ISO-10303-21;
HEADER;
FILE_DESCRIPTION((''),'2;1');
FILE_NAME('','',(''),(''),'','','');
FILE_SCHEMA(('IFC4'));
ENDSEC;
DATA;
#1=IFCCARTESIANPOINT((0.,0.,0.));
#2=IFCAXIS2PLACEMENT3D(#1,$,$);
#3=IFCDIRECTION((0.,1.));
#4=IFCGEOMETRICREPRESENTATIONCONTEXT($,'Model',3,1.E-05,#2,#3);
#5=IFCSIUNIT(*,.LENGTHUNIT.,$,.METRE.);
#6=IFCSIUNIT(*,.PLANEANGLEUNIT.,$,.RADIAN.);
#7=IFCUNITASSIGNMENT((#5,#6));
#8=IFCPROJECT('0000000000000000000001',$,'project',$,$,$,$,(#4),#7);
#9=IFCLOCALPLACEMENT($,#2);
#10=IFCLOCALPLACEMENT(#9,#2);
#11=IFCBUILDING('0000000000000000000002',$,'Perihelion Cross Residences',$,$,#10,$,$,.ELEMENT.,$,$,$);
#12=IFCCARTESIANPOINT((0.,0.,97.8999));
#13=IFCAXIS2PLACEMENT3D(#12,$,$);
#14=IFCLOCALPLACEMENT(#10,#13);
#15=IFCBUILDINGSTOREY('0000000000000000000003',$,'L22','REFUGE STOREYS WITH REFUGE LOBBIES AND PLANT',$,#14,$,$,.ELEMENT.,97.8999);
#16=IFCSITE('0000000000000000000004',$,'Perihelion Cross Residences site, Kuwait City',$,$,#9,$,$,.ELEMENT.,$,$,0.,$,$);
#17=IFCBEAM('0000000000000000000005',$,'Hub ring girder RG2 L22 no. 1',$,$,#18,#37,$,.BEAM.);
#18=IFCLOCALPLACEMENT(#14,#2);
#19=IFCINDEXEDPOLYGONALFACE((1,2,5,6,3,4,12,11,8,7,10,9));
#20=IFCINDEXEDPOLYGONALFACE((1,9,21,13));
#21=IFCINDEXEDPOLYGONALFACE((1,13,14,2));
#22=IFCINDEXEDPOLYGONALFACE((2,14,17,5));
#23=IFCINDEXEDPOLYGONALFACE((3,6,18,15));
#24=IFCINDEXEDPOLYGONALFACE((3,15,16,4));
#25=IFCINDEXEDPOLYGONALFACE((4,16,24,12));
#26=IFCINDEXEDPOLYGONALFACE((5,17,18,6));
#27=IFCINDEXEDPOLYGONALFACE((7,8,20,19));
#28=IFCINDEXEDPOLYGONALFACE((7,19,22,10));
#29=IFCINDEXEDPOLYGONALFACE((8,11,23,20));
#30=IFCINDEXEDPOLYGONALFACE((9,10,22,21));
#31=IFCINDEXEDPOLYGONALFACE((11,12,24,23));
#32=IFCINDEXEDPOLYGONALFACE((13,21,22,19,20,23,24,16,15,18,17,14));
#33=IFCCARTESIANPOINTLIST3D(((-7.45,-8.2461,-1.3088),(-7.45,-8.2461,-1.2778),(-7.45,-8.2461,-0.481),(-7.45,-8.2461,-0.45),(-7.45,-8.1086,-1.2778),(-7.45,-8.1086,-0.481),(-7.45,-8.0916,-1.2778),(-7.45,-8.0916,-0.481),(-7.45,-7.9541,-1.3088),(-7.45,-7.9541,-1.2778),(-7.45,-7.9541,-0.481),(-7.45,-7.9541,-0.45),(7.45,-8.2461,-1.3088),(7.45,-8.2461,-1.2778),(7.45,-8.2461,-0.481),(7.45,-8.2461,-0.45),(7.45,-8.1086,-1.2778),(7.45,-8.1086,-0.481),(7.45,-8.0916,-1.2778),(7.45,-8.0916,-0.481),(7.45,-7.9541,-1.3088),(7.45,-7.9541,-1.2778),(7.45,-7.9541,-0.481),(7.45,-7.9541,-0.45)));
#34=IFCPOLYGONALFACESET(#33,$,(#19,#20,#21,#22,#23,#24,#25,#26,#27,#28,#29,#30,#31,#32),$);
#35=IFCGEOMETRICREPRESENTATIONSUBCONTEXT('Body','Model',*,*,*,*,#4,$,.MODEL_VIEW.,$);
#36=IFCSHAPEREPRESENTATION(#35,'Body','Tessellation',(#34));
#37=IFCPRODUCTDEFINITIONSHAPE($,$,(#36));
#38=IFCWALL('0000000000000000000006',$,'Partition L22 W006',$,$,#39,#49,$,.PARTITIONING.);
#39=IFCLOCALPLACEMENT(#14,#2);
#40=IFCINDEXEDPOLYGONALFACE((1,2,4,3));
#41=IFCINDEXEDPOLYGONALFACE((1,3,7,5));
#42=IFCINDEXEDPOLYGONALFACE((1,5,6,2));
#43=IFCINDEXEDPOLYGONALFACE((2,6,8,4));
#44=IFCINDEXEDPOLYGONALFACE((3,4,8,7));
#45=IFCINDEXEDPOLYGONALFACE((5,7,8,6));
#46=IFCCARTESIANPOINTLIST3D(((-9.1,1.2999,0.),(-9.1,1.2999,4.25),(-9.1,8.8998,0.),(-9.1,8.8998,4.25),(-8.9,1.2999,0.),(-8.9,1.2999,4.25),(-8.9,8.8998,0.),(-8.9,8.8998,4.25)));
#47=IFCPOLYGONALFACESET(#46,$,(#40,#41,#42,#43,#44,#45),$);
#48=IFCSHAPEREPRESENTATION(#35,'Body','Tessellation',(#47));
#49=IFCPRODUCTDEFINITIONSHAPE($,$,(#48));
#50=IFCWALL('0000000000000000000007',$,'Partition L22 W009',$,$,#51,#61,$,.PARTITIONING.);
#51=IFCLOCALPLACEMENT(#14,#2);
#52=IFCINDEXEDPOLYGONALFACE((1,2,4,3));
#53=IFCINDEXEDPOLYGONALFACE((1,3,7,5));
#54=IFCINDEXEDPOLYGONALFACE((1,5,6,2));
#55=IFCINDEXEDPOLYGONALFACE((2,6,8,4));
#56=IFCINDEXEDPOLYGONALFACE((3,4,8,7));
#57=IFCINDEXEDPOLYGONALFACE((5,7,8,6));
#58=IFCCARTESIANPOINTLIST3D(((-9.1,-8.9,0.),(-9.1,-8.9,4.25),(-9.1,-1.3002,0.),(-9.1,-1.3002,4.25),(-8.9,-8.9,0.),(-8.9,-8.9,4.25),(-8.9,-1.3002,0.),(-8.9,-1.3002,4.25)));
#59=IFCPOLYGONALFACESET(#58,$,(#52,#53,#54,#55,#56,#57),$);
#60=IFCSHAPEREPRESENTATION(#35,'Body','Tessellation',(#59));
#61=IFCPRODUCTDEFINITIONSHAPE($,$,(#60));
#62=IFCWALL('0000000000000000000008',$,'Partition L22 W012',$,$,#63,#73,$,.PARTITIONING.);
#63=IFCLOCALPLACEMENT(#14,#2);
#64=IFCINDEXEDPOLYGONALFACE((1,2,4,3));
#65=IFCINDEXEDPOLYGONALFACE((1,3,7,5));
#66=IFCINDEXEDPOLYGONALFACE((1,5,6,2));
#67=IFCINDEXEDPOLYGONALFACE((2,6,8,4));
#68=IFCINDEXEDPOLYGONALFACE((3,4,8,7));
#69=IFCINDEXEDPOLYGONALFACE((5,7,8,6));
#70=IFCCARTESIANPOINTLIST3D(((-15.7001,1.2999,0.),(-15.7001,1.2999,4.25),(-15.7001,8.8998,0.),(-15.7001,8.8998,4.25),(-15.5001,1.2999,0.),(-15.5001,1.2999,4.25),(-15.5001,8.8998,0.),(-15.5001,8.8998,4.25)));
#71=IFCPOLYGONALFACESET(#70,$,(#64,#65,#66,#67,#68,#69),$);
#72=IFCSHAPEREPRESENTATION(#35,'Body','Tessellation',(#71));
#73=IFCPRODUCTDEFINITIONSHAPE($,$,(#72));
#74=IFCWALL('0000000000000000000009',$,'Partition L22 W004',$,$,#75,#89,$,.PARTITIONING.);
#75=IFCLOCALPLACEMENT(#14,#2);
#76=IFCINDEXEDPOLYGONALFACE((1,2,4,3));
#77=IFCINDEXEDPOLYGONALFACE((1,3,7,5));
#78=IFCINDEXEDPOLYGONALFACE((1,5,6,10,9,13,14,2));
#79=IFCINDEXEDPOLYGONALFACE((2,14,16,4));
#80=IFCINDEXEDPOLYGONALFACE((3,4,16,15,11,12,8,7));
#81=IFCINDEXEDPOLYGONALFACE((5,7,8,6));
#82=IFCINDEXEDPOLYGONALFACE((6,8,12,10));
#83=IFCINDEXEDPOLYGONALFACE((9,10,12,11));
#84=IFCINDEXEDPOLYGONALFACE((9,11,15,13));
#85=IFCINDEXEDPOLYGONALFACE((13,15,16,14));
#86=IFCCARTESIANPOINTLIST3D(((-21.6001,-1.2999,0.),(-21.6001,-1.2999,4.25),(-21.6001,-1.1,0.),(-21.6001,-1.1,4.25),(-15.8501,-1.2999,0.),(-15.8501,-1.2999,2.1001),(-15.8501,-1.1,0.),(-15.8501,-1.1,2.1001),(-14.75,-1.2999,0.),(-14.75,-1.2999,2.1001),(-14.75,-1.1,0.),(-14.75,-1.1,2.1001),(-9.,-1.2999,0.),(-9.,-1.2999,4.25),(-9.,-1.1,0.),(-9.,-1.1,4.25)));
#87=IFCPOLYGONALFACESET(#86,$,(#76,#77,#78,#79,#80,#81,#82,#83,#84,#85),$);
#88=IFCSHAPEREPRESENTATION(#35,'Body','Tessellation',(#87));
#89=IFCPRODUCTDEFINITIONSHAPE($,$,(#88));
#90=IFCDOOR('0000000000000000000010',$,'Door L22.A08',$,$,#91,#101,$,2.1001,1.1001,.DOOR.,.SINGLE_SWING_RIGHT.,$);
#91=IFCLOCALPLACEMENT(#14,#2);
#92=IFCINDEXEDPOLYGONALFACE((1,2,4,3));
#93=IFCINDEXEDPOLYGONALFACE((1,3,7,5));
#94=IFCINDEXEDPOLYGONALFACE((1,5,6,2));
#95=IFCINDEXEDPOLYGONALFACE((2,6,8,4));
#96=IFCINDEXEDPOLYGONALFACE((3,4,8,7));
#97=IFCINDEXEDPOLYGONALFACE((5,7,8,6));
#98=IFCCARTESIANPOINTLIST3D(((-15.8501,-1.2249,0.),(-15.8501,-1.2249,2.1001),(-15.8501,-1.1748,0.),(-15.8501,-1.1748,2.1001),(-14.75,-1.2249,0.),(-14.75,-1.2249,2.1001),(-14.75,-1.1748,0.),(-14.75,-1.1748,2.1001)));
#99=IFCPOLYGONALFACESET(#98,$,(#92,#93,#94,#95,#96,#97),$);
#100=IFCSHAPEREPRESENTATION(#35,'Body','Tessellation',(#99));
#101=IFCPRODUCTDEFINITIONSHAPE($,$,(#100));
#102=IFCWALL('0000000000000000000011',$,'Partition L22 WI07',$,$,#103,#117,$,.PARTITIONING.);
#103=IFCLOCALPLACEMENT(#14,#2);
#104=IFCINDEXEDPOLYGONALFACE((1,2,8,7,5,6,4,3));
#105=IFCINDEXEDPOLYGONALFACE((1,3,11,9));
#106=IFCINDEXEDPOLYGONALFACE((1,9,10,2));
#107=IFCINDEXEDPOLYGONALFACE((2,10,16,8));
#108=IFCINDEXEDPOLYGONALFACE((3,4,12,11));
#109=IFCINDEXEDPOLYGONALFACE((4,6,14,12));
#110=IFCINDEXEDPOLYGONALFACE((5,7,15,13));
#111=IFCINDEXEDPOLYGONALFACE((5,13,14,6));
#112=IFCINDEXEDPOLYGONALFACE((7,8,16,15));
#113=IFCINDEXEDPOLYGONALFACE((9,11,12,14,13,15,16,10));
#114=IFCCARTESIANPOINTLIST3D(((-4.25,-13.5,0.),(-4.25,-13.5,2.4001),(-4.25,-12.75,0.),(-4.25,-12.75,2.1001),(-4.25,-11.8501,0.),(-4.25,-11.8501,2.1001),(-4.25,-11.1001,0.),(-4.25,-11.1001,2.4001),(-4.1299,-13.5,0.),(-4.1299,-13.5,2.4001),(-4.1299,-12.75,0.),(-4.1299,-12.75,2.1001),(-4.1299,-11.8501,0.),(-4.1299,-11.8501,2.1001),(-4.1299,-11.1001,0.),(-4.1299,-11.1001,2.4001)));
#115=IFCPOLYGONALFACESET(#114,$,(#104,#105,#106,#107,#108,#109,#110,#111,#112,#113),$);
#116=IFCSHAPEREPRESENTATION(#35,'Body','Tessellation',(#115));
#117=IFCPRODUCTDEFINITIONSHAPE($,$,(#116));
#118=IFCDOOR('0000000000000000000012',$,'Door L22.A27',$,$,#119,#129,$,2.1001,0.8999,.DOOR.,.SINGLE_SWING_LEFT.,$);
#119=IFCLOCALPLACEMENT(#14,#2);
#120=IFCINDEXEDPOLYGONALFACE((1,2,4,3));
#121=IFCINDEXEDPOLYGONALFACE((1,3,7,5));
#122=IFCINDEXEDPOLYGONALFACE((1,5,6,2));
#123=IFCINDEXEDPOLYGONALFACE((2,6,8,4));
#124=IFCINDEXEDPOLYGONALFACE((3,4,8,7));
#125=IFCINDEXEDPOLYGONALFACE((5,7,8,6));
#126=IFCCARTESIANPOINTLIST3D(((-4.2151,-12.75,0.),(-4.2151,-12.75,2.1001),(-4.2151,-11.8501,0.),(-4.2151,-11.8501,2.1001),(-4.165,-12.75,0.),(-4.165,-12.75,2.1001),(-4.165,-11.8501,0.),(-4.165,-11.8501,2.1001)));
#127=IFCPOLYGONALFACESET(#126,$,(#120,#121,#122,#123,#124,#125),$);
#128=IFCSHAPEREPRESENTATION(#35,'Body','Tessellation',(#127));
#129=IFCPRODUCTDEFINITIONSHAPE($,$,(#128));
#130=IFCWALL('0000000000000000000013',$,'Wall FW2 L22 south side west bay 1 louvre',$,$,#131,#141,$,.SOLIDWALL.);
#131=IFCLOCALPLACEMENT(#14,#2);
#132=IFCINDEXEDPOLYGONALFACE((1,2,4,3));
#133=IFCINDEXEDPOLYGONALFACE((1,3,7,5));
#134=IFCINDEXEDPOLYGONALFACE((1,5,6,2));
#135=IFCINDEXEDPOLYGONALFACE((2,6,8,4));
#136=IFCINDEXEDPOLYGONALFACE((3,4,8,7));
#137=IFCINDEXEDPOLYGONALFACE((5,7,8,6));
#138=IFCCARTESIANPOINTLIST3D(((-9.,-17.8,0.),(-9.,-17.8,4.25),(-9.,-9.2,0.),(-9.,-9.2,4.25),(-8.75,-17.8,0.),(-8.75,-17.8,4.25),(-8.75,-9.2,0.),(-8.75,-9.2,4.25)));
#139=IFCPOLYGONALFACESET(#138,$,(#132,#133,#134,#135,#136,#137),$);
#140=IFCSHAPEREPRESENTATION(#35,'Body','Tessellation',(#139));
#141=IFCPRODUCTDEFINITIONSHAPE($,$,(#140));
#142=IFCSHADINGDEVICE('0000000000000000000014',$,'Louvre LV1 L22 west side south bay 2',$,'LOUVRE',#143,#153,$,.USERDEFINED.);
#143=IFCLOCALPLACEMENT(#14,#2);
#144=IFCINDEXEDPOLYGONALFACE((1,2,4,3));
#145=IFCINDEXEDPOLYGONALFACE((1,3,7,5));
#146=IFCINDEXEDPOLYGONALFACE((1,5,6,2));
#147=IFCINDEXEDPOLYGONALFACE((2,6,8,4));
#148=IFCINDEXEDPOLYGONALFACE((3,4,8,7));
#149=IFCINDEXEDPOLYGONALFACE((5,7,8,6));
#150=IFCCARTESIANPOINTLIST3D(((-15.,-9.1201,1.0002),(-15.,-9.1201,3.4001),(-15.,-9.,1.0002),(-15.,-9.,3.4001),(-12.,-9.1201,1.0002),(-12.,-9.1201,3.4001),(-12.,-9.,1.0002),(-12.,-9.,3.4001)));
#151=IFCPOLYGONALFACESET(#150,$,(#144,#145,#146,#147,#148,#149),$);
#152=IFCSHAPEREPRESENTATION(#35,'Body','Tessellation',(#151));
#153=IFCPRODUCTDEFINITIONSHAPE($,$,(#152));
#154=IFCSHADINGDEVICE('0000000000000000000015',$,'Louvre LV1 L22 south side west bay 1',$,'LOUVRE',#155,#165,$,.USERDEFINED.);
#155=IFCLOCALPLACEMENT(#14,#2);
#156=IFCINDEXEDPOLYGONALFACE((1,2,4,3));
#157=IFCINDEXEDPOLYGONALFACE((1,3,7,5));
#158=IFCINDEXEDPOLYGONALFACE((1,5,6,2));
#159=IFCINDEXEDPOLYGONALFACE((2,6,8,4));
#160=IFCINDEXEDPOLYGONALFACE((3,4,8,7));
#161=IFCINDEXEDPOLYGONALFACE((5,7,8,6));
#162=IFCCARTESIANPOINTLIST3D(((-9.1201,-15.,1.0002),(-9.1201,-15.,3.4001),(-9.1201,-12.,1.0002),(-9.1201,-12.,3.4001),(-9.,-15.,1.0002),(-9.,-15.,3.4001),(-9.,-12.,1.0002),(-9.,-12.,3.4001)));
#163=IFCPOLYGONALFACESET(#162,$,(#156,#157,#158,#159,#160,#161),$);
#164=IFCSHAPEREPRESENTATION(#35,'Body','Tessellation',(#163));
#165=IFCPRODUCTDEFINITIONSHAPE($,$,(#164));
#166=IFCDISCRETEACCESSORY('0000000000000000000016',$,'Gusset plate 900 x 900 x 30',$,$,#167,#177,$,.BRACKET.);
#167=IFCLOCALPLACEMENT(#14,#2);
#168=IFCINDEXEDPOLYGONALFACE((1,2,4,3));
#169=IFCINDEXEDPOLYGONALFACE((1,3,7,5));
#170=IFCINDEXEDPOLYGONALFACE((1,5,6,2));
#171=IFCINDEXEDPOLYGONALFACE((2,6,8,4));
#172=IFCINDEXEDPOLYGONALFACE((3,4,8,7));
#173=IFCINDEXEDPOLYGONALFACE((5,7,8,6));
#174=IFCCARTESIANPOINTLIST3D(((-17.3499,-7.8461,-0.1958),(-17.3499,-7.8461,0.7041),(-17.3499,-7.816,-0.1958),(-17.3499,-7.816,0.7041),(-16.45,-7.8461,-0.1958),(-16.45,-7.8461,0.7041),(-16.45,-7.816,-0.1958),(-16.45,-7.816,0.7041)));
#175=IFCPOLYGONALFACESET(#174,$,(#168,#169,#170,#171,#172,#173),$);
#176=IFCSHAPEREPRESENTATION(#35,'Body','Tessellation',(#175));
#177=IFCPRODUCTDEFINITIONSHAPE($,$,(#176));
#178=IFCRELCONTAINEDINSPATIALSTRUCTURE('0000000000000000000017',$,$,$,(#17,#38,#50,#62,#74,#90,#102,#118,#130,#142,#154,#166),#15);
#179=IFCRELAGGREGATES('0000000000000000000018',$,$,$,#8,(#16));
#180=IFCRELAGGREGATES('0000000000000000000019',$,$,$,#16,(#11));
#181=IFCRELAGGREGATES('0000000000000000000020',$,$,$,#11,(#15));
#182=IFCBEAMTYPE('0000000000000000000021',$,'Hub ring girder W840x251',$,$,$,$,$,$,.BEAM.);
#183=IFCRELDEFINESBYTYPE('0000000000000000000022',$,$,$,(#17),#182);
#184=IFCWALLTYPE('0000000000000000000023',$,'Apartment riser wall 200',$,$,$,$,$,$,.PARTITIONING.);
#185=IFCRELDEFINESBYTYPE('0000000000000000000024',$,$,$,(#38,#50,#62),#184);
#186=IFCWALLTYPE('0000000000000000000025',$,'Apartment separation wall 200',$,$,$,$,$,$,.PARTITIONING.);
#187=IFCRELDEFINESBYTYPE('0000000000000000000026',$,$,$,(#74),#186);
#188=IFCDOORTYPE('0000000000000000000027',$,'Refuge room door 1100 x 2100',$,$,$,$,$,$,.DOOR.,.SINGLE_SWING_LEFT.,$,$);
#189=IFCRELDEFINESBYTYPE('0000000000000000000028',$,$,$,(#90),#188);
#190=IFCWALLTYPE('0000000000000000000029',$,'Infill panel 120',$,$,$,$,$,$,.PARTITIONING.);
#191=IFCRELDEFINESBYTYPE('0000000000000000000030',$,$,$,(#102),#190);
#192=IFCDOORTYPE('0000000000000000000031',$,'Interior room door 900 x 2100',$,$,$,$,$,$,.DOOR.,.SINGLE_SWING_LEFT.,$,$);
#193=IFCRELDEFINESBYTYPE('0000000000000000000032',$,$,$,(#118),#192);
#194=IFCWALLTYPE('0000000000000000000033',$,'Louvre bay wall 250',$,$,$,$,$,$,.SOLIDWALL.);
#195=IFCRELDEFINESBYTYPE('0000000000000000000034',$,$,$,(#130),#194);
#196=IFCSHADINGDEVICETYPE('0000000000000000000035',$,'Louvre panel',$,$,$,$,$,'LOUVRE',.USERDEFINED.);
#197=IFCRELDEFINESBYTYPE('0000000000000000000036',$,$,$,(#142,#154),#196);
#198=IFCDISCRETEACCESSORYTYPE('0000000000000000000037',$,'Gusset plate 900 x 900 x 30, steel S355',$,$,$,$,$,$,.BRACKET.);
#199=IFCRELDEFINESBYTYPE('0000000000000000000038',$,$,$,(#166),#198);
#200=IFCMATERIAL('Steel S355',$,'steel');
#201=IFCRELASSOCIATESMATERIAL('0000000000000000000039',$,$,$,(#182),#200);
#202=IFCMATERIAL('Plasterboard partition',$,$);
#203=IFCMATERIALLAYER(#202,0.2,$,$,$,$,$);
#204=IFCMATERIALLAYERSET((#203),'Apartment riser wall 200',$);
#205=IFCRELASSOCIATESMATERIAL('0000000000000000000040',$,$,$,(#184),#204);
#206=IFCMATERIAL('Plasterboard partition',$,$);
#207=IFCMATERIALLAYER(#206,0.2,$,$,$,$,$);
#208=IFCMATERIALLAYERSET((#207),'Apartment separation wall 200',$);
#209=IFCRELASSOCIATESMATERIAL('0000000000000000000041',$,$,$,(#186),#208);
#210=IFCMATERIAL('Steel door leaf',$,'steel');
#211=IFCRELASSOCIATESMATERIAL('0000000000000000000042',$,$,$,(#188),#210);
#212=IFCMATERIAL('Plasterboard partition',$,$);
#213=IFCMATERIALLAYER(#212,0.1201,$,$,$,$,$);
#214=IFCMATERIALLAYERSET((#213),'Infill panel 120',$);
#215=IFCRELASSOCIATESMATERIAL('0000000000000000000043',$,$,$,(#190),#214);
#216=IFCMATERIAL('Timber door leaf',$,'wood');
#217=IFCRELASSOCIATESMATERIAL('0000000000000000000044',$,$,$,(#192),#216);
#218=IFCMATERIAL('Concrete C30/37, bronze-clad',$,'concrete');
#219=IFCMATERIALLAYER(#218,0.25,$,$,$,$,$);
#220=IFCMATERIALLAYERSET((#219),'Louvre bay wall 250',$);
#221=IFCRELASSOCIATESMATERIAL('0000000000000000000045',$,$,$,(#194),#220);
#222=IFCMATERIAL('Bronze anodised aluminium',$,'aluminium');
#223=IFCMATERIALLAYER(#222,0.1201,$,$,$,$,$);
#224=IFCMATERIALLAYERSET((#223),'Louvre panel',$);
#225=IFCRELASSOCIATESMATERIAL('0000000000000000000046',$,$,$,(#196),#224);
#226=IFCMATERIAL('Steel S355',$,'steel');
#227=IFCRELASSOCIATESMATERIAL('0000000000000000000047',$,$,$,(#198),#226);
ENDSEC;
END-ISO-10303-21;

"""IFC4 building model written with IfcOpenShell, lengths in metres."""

from ifc_helpers import new_model, si_unit, direction, frame, frame_2d, origin, origin_2d, place, context, subcontext, project, spatial, rectangle, i_section, extrude, material, layer, layer_set, material_profile, profile_set, type_object, element, fill, save


model = new_model("IFC4")

# Units and contexts
model_context = context("Model", 3, precision=1e-05, world=origin(), true_north=direction((0.0, 1.0)))
body_context = subcontext(model_context, "Body", "Model", "MODEL_VIEW")
ifc_project = project(units=[si_unit("LENGTHUNIT", "METRE"), si_unit("PLANEANGLEUNIT", "RADIAN")], contexts=[model_context])

# Site, building, storey
site_placement = place(None, origin())
site = spatial("IfcSite", under=ifc_project, at=site_placement, Name="Perihelion Cross Residences site, Kuwait City", CompositionType="ELEMENT", RefElevation=0.0)
building_placement = place(site_placement, origin())
building = spatial("IfcBuilding", under=site, at=building_placement, Name="Perihelion Cross Residences", CompositionType="ELEMENT")
storey_placement = place(building_placement, frame((0.0, 0.0, 97.8999)))
storey = spatial("IfcBuildingStorey", under=building, at=storey_placement, Name="L22", Description="REFUGE STOREYS WITH REFUGE LOBBIES AND PLANT", CompositionType="ELEMENT", Elevation=97.8999)

# Beam
ifc_material_1 = material(Name="Steel S355", Category="steel")
ifc_material_profile_1 = material_profile(ifc_material_1, i_section(OverallWidth=0.292, OverallDepth=0.8589, WebThickness=0.0171, FlangeThickness=0.031, at=origin_2d()), Name="W840x251")
ifc_profile_set_1 = profile_set([ifc_material_profile_1], Name="Steel S355")
beam_type_1 = type_object("IfcBeamType", Name="Hub ring girder W840x251", PredefinedType="BEAM", material=ifc_profile_set_1)
beam_1_placement = place(storey_placement, frame((-7.45, -8.1001, -0.8794), z_axis=(1.0, 0.0, 0.0), x_axis=(0.0, 1.0, 0.0)))
element("IfcBeam", 1, at=beam_1_placement, inside=storey, type_object=beam_type_1, Name="Hub ring girder RG2 L22 no. 1", PredefinedType="BEAM", context=body_context, shape_type="SweptSolid", body=[
    extrude(i_section(OverallWidth=0.292, OverallDepth=0.8589, WebThickness=0.0171, FlangeThickness=0.031, at=origin_2d()), origin(), (0.0, 0.0, 1.0), 14.8999),
])

# Walls
ifc_material_2 = material(Name="Plasterboard partition")
ifc_layer_1 = layer(ifc_material_2, 0.2)
ifc_layer_set_1 = layer_set([ifc_layer_1], Name="Apartment riser wall 200")
wall_type_1 = type_object("IfcWallType", Name="Apartment riser wall 200", PredefinedType="PARTITIONING", material=ifc_layer_set_1)
for number, where, z_axis, x_axis, name in (
    (2, (-9.0, 1.3, 0.0), (0.0, 0.0, 1.0), (0.0, 1.0, 0.0), "Partition L22 W006"),
    (3, (-9.0, -8.8999, 0.0), (0.0, 0.0, 1.0), (0.0, 1.0, 0.0), "Partition L22 W009"),
    (4, (-15.6001, 1.3, 0.0), (0.0, 0.0, 1.0), (0.0, 1.0, 0.0), "Partition L22 W012"),
):
    element("IfcWall", number, at=place(storey_placement, frame(where, z_axis=z_axis, x_axis=x_axis)), inside=storey, type_object=wall_type_1, Name=name, PredefinedType="PARTITIONING", context=body_context, shape_type="SweptSolid", body=[
        extrude(rectangle(XDim=7.5999, YDim=0.2, at=frame_2d((3.7998, 0.0))), origin(), (0.0, 0.0, 1.0), 4.25),
    ])

# Walls, openings, doors
ifc_material_3 = material(Name="Plasterboard partition")
ifc_layer_2 = layer(ifc_material_3, 0.2)
ifc_layer_set_2 = layer_set([ifc_layer_2], Name="Apartment separation wall 200")
wall_type_2 = type_object("IfcWallType", Name="Apartment separation wall 200", PredefinedType="PARTITIONING", material=ifc_layer_set_2)
wall_1_placement = place(storey_placement, frame((-9.0, -1.2, 0.0), z_axis=(0.0, 0.0, 1.0), x_axis=(-1.0, 0.0, 0.0)))
wall_1 = element("IfcWall", 5, at=wall_1_placement, inside=storey, type_object=wall_type_2, Name="Partition L22 W004", PredefinedType="PARTITIONING", context=body_context, shape_type="SweptSolid", body=[
    extrude(rectangle(XDim=12.6001, YDim=0.2, at=frame_2d((6.3, 0.0))), origin(), (0.0, 0.0, 1.0), 4.25),
])
opening_1_placement = place(wall_1_placement, frame((5.75, 0.0, 0.0)))
opening_1 = element("IfcOpeningElement", 6, at=opening_1_placement, cuts=wall_1, PredefinedType="OPENING", context=body_context, shape_type="SweptSolid", body=[
    extrude(rectangle(XDim=1.1001, YDim=2.1001, at=frame_2d((0.55, 1.05))), frame((0.0, 0.1099, 0.0), z_axis=(0.0, -1.0, 0.0), x_axis=(1.0, 0.0, 0.0)), (0.0, 0.0, 1.0), 0.22),
])
ifc_material_4 = material(Name="Steel door leaf", Category="steel")
door_type_1 = type_object("IfcDoorType", Name="Refuge room door 1100 x 2100", OperationType="SINGLE_SWING_LEFT", PredefinedType="DOOR", material=ifc_material_4)
door_1_placement = place(opening_1_placement, origin())
door_1 = element("IfcDoor", 7, at=door_1_placement, inside=storey, type_object=door_type_1, Name="Door L22.A08", OperationType="SINGLE_SWING_RIGHT", OverallHeight=2.1001, OverallWidth=1.1001, PredefinedType="DOOR", context=body_context, shape_type="SweptSolid", body=[
    extrude(rectangle(XDim=1.1001, YDim=2.1001, at=frame_2d((0.55, 1.05))), frame((0.0, 0.0249, 0.0), z_axis=(0.0, -1.0, 0.0), x_axis=(1.0, 0.0, 0.0)), (0.0, 0.0, 1.0), 0.05),
])
fill(opening_1, door_1)
ifc_material_5 = material(Name="Plasterboard partition")
ifc_layer_3 = layer(ifc_material_5, 0.1201)
ifc_layer_set_3 = layer_set([ifc_layer_3], Name="Infill panel 120")
wall_type_3 = type_object("IfcWallType", Name="Infill panel 120", PredefinedType="PARTITIONING", material=ifc_layer_set_3)
wall_2_placement = place(storey_placement, frame((-4.1899, -11.1001, 0.0), z_axis=(0.0, 0.0, 1.0), x_axis=(0.0, -1.0, 0.0)))
wall_2 = element("IfcWall", 8, at=wall_2_placement, inside=storey, type_object=wall_type_3, Name="Partition L22 WI07", PredefinedType="PARTITIONING", context=body_context, shape_type="SweptSolid", body=[
    extrude(rectangle(XDim=2.3999, YDim=0.1201, at=frame_2d((1.2, 0.0))), origin(), (0.0, 0.0, 1.0), 2.4001),
])
opening_2_placement = place(wall_2_placement, frame((0.75, 0.0, 0.0)))
opening_2 = element("IfcOpeningElement", 9, at=opening_2_placement, cuts=wall_2, PredefinedType="OPENING", context=body_context, shape_type="SweptSolid", body=[
    extrude(rectangle(XDim=0.8999, YDim=2.1001, at=frame_2d((0.45, 1.05))), frame((0.0, 0.0701, 0.0), z_axis=(0.0, -1.0, 0.0), x_axis=(1.0, 0.0, 0.0)), (0.0, 0.0, 1.0), 0.1401),
])
ifc_material_6 = material(Name="Timber door leaf", Category="wood")
door_type_2 = type_object("IfcDoorType", Name="Interior room door 900 x 2100", OperationType="SINGLE_SWING_LEFT", PredefinedType="DOOR", material=ifc_material_6)
door_2_placement = place(opening_2_placement, origin())
door_2 = element("IfcDoor", 10, at=door_2_placement, inside=storey, type_object=door_type_2, Name="Door L22.A27", OperationType="SINGLE_SWING_LEFT", OverallHeight=2.1001, OverallWidth=0.8999, PredefinedType="DOOR", context=body_context, shape_type="SweptSolid", body=[
    extrude(rectangle(XDim=0.8999, YDim=2.1001, at=frame_2d((0.45, 1.05))), frame((0.0, 0.0249, 0.0), z_axis=(0.0, -1.0, 0.0), x_axis=(1.0, 0.0, 0.0)), (0.0, 0.0, 1.0), 0.05),
])
fill(opening_2, door_2)

# Wall
ifc_material_7 = material(Name="Concrete C30/37, bronze-clad", Category="concrete")
ifc_layer_4 = layer(ifc_material_7, 0.25)
ifc_layer_set_4 = layer_set([ifc_layer_4], Name="Louvre bay wall 250")
wall_type_4 = type_object("IfcWallType", Name="Louvre bay wall 250", PredefinedType="SOLIDWALL", material=ifc_layer_set_4)
wall_3_placement = place(storey_placement, frame((-8.875, -9.2, 0.0), z_axis=(0.0, 0.0, 1.0), x_axis=(0.0, -1.0, 0.0)))
element("IfcWall", 11, at=wall_3_placement, inside=storey, type_object=wall_type_4, Name="Wall FW2 L22 south side west bay 1 louvre", PredefinedType="SOLIDWALL", context=body_context, shape_type="SweptSolid", body=[
    extrude(rectangle(XDim=8.6001, YDim=0.25, at=frame_2d((4.3, 0.0))), origin(), (0.0, 0.0, 1.0), 4.25),
])

# Shading devices
ifc_material_8 = material(Name="Bronze anodised aluminium", Category="aluminium")
ifc_layer_5 = layer(ifc_material_8, 0.1201)
ifc_layer_set_5 = layer_set([ifc_layer_5], Name="Louvre panel")
shading_device_type = type_object("IfcShadingDeviceType", Name="Louvre panel", ElementType="LOUVRE", PredefinedType="USERDEFINED", material=ifc_layer_set_5)
for number, where, z_axis, x_axis, name in (
    (12, (-13.5, -9.0601, 1.0002), (0.0, 0.0, 1.0), (1.0, 0.0, 0.0), "Louvre LV1 L22 west side south bay 2"),
    (13, (-9.0601, -13.5, 1.0002), (0.0, 0.0, 1.0), (0.0, -1.0, 0.0), "Louvre LV1 L22 south side west bay 1"),
):
    element("IfcShadingDevice", number, at=place(storey_placement, frame(where, z_axis=z_axis, x_axis=x_axis)), inside=storey, type_object=shading_device_type, Name=name, ObjectType="LOUVRE", PredefinedType="USERDEFINED", context=body_context, shape_type="SweptSolid", body=[
        extrude(rectangle(XDim=3.0, YDim=0.1201, at=origin_2d()), origin(), (0.0, 0.0, 1.0), 2.3999),
    ])

# Discrete accessory
ifc_material_9 = material(Name="Steel S355", Category="steel")
discrete_accessory_type = type_object("IfcDiscreteAccessoryType", Name="Gusset plate 900 x 900 x 30, steel S355", PredefinedType="BRACKET", material=ifc_material_9)
for number, where, z_axis, x_axis, name in (
    (14, (-16.8999, -7.8311, -0.1958), (0.0, 0.0, 1.0), (1.0, 0.0, 0.0), "Gusset plate 900 x 900 x 30"),
):
    element("IfcDiscreteAccessory", number, at=place(storey_placement, frame(where, z_axis=z_axis, x_axis=x_axis)), inside=storey, type_object=discrete_accessory_type, Name=name, PredefinedType="BRACKET", context=body_context, shape_type="SweptSolid", body=[
        extrude(rectangle(XDim=0.8999, YDim=0.03, at=origin_2d()), origin(), (0.0, 0.0, 1.0), 0.8999),
    ])

save(model, "model.ifc")
